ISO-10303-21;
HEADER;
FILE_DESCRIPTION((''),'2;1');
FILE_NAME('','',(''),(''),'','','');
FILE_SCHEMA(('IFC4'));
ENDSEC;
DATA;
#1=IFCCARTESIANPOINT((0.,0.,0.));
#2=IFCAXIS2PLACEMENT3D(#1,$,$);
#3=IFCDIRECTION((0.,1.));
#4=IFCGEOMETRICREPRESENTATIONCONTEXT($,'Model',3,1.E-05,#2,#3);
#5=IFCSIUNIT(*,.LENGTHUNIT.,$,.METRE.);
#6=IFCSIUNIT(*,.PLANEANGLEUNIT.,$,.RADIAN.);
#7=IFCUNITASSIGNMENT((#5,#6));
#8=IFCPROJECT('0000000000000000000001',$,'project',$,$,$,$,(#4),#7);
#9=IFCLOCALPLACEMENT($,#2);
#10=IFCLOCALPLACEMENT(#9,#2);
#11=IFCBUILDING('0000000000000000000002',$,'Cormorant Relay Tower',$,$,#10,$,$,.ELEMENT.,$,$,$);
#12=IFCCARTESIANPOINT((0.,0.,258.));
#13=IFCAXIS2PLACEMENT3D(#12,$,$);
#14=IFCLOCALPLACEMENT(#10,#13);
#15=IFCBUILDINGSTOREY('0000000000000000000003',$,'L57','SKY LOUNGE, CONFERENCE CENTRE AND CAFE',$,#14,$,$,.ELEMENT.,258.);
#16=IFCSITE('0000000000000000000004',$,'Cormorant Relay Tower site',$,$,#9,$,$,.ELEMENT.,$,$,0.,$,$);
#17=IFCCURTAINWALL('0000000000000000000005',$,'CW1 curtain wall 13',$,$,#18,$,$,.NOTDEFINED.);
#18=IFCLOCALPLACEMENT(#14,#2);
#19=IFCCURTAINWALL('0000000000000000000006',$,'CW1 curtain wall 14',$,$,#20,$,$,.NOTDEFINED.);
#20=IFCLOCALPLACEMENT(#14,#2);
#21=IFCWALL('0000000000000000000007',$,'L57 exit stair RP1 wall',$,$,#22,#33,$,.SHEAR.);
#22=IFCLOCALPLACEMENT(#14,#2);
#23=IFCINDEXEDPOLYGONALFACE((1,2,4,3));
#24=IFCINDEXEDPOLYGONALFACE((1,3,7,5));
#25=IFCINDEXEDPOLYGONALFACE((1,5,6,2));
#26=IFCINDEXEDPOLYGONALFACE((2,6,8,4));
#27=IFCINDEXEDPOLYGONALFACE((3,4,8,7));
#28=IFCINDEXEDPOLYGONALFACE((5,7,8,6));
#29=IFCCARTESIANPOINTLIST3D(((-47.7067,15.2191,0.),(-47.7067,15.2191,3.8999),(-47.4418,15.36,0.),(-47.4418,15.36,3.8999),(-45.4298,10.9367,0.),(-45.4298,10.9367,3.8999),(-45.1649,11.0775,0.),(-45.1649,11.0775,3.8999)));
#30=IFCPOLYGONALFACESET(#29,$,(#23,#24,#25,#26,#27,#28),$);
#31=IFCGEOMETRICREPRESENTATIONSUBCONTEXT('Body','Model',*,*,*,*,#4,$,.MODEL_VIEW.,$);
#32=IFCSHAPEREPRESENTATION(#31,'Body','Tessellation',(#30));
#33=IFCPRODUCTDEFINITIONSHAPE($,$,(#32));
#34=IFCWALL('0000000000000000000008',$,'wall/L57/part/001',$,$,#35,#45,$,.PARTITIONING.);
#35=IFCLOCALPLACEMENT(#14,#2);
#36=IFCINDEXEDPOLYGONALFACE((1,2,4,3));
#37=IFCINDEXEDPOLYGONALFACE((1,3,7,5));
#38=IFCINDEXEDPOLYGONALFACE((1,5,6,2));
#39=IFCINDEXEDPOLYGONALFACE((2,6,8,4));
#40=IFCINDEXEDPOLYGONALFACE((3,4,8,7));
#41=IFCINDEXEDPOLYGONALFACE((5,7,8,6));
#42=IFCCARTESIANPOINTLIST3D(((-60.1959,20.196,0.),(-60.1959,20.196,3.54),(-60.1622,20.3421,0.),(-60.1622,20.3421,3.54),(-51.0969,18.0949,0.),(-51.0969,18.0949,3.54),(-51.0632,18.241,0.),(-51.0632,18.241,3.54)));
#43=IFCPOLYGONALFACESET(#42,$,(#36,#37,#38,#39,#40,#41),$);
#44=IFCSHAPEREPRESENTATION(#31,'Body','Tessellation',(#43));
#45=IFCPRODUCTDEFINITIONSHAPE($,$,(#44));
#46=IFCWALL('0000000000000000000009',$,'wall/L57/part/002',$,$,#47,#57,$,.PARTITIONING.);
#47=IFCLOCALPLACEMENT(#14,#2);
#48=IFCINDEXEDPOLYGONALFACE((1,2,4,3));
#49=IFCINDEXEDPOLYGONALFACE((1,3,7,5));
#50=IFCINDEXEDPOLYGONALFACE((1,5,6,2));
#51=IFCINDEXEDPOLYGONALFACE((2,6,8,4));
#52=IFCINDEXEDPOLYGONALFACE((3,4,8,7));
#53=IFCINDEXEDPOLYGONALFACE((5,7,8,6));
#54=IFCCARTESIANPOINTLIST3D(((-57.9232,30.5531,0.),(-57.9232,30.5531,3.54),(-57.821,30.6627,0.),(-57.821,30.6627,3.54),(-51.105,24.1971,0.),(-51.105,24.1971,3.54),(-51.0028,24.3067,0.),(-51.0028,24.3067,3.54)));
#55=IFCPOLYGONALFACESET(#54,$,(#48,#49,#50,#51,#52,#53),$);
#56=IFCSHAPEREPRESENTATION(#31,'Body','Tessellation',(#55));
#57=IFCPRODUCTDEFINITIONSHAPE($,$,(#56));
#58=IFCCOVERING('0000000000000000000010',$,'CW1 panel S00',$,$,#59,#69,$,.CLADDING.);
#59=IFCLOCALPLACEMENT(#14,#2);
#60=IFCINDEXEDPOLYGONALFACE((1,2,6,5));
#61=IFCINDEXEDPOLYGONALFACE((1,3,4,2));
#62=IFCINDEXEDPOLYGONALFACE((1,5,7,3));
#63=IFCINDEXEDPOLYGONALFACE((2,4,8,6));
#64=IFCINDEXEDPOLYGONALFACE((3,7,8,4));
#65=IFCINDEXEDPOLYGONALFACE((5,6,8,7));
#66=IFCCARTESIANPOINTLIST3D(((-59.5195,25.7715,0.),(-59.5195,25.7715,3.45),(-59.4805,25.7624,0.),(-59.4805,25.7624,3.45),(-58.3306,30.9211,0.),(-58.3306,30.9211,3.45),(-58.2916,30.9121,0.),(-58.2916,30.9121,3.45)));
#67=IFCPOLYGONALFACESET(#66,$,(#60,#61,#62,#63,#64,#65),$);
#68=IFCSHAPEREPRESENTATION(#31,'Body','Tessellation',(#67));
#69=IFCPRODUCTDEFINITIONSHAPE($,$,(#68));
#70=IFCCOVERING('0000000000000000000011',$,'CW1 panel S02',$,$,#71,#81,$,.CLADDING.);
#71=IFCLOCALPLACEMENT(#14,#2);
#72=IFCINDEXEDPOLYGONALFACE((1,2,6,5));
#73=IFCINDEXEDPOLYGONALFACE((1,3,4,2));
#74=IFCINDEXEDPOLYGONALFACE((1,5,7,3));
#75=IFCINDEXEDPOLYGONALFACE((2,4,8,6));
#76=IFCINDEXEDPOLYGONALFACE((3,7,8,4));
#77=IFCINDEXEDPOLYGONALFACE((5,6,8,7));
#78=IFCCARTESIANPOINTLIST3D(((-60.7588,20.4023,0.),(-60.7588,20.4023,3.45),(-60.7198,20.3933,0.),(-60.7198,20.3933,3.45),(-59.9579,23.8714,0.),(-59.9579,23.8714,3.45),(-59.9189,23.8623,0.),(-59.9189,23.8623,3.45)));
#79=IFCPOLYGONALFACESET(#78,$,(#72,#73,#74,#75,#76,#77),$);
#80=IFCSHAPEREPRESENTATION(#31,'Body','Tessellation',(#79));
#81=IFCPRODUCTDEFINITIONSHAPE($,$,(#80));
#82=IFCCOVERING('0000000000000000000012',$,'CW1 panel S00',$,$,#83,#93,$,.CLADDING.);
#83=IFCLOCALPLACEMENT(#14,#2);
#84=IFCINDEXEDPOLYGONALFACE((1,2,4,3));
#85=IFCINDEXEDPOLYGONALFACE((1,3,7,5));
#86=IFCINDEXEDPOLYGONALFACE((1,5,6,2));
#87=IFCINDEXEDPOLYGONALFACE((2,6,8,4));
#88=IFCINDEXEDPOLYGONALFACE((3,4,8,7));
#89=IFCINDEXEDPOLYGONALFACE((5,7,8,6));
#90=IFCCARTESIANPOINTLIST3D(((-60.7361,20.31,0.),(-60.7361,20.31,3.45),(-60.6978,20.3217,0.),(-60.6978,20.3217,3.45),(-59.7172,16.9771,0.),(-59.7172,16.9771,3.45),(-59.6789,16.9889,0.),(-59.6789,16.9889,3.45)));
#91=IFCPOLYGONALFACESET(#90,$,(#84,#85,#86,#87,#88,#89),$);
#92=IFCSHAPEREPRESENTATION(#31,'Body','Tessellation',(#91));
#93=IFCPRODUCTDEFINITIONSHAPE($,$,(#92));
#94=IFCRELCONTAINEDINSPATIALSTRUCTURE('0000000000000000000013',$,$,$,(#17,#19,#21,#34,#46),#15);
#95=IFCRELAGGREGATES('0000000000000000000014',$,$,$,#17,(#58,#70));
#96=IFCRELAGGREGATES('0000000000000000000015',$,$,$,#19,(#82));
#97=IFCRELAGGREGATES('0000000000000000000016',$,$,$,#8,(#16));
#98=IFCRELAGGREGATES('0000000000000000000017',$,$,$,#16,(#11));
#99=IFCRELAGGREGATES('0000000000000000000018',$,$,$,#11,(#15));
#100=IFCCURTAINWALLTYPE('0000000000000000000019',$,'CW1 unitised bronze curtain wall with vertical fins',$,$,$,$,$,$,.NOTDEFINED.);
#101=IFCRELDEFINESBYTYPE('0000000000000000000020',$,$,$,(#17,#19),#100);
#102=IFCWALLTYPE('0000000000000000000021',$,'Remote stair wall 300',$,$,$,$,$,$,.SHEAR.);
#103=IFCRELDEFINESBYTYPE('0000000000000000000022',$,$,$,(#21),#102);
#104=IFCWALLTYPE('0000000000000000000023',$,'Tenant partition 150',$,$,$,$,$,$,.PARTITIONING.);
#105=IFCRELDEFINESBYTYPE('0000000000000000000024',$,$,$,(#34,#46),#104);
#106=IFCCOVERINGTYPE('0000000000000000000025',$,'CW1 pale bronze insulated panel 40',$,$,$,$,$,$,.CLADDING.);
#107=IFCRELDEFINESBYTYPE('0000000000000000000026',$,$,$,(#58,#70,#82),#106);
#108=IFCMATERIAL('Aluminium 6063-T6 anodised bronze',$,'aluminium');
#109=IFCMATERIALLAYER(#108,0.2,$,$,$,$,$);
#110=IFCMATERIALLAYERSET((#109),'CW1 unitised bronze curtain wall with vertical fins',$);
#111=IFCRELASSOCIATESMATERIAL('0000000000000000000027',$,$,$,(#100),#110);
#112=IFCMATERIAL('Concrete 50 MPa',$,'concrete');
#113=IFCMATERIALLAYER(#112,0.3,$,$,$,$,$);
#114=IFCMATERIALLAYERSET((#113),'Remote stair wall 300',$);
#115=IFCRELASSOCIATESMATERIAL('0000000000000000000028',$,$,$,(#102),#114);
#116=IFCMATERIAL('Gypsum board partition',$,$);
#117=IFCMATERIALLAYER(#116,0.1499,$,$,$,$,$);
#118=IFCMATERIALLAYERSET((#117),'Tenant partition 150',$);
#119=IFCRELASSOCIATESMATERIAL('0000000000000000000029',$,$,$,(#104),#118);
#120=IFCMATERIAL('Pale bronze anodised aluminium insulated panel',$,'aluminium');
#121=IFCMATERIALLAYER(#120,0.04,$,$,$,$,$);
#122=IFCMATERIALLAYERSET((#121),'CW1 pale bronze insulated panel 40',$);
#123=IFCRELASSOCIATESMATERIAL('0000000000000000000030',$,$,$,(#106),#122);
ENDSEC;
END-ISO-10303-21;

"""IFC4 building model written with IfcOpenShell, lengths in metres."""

from ifc_helpers import new_model, si_unit, direction, frame, frame_2d, origin, origin_2d, place, context, subcontext, project, spatial, rectangle, extrude, material, layer, layer_set, type_object, element, aggregate, save


model = new_model("IFC4")

# Units and contexts
model_context = context("Model", 3, precision=1e-05, world=origin(), true_north=direction((0.0, 1.0)))
body_context = subcontext(model_context, "Body", "Model", "MODEL_VIEW")
ifc_project = project(units=[si_unit("LENGTHUNIT", "METRE"), si_unit("PLANEANGLEUNIT", "RADIAN")], contexts=[model_context])

# Site, building, storey
site_placement = place(None, origin())
site = spatial("IfcSite", under=ifc_project, at=site_placement, Name="Cormorant Relay Tower site", CompositionType="ELEMENT", RefElevation=0.0)
building_placement = place(site_placement, origin())
building = spatial("IfcBuilding", under=site, at=building_placement, Name="Cormorant Relay Tower", CompositionType="ELEMENT")
storey_placement = place(building_placement, frame((0.0, 0.0, 258.0)))
storey = spatial("IfcBuildingStorey", under=building, at=storey_placement, Name="L57", Description="SKY LOUNGE, CONFERENCE CENTRE AND CAFE", CompositionType="ELEMENT", Elevation=258.0)

# Curtain wall
ifc_material_1 = material(Name="Aluminium 6063-T6 anodised bronze", Category="aluminium")
ifc_layer_1 = layer(ifc_material_1, 0.2)
ifc_layer_set_1 = layer_set([ifc_layer_1], Name="CW1 unitised bronze curtain wall with vertical fins")
curtain_wall_type = type_object("IfcCurtainWallType", Name="CW1 unitised bronze curtain wall with vertical fins", PredefinedType="NOTDEFINED", material=ifc_layer_set_1)
curtain_wall_1_placement = place(storey_placement, origin())
curtain_wall_1 = element("IfcCurtainWall", 1, at=curtain_wall_1_placement, inside=storey, type_object=curtain_wall_type, Name="CW1 curtain wall 13", PredefinedType="NOTDEFINED")

# Curtain wall
curtain_wall_2_placement = place(storey_placement, origin())
curtain_wall_2 = element("IfcCurtainWall", 2, at=curtain_wall_2_placement, inside=storey, type_object=curtain_wall_type, Name="CW1 curtain wall 14", PredefinedType="NOTDEFINED")

# Walls
ifc_material_2 = material(Name="Concrete 50 MPa", Category="concrete")
ifc_layer_2 = layer(ifc_material_2, 0.3)
ifc_layer_set_2 = layer_set([ifc_layer_2], Name="Remote stair wall 300")
wall_type_1 = type_object("IfcWallType", Name="Remote stair wall 300", PredefinedType="SHEAR", material=ifc_layer_set_2)
wall_1_placement = place(storey_placement, frame((-47.5742, 15.2896, 0.0), z_axis=(0.0, 0.0, 1.0), x_axis=(0.469443, -0.882963, 0.0)))
element("IfcWall", 3, at=wall_1_placement, inside=storey, type_object=wall_type_1, Name="L57 exit stair RP1 wall", PredefinedType="SHEAR", context=body_context, shape_type="SweptSolid", body=[
    extrude(rectangle(XDim=4.8501, YDim=0.3, at=frame_2d((2.425, 0.0))), origin(), (0.0, 0.0, 1.0), 3.8999),
])
ifc_material_3 = material(Name="Gypsum board partition")
ifc_layer_3 = layer(ifc_material_3, 0.1499)
ifc_layer_set_3 = layer_set([ifc_layer_3], Name="Tenant partition 150")
wall_type_2 = type_object("IfcWallType", Name="Tenant partition 150", PredefinedType="PARTITIONING", material=ifc_layer_set_3)
wall_2_placement = place(storey_placement, frame((-51.0801, 18.168, 0.0), z_axis=(0.0, 0.0, 1.0), x_axis=(-0.97436, 0.224995, 0.0)))
element("IfcWall", 4, at=wall_2_placement, inside=storey, type_object=wall_type_2, Name="wall/L57/part/001", PredefinedType="PARTITIONING", context=body_context, shape_type="SweptSolid", body=[
    extrude(rectangle(XDim=9.3384, YDim=0.1499, at=frame_2d((4.6692, 0.0))), origin(), (0.0, 0.0, 1.0), 3.54),
])
wall_3_placement = place(storey_placement, frame((-57.8721, 30.6079, 0.0), z_axis=(0.0, 0.0, 1.0), x_axis=(0.731463, -0.681881, 0.0)))
element("IfcWall", 5, at=wall_3_placement, inside=storey, type_object=wall_type_2, Name="wall/L57/part/002", PredefinedType="PARTITIONING", context=body_context, shape_type="SweptSolid", body=[
    extrude(rectangle(XDim=9.3213, YDim=0.1499, at=frame_2d((4.6606, 0.0))), origin(), (0.0, 0.0, 1.0), 3.54),
])

# Coverings
ifc_material_4 = material(Name="Pale bronze anodised aluminium insulated panel", Category="aluminium")
ifc_layer_4 = layer(ifc_material_4, 0.04)
ifc_layer_set_4 = layer_set([ifc_layer_4], Name="CW1 pale bronze insulated panel 40")
covering_type = type_object("IfcCoveringType", Name="CW1 pale bronze insulated panel 40", PredefinedType="CLADDING", material=ifc_layer_set_4)
covering_1_placement = place(storey_placement, frame((-58.9055, 28.3418, 0.0), z_axis=(0.0, 0.0, 1.0), x_axis=(-0.224951, -0.97437, 0.0)))
covering_1 = element("IfcCovering", 6, at=covering_1_placement, type_object=covering_type, Name="CW1 panel S00", PredefinedType="CLADDING", context=body_context, shape_type="SweptSolid", body=[
    extrude(rectangle(XDim=5.2852, YDim=0.04, at=origin_2d()), origin(), (0.0, 0.0, 1.0), 3.45),
])
covering_2_placement = place(storey_placement, frame((-60.3389, 22.1323, 0.0), z_axis=(0.0, 0.0, 1.0), x_axis=(-0.224951, -0.97437, 0.0)))
covering_2 = element("IfcCovering", 7, at=covering_2_placement, type_object=covering_type, Name="CW1 panel S02", PredefinedType="CLADDING", context=body_context, shape_type="SweptSolid", body=[
    extrude(rectangle(XDim=3.5603, YDim=0.04, at=origin_2d()), origin(), (0.0, 0.0, 1.0), 3.45),
])
aggregate(curtain_wall_1, [covering_1, covering_2])
covering_3_placement = place(storey_placement, frame((-60.2075, 18.6494, 0.0), z_axis=(0.0, 0.0, 1.0), x_axis=(0.292372, -0.956305, 0.0)))
covering_3 = element("IfcCovering", 8, at=covering_3_placement, type_object=covering_type, Name="CW1 panel S00", PredefinedType="CLADDING", context=body_context, shape_type="SweptSolid", body=[
    extrude(rectangle(XDim=3.4851, YDim=0.04, at=origin_2d()), origin(), (0.0, 0.0, 1.0), 3.45),
])
aggregate(curtain_wall_2, [covering_3])

save(model, "model.ifc")
